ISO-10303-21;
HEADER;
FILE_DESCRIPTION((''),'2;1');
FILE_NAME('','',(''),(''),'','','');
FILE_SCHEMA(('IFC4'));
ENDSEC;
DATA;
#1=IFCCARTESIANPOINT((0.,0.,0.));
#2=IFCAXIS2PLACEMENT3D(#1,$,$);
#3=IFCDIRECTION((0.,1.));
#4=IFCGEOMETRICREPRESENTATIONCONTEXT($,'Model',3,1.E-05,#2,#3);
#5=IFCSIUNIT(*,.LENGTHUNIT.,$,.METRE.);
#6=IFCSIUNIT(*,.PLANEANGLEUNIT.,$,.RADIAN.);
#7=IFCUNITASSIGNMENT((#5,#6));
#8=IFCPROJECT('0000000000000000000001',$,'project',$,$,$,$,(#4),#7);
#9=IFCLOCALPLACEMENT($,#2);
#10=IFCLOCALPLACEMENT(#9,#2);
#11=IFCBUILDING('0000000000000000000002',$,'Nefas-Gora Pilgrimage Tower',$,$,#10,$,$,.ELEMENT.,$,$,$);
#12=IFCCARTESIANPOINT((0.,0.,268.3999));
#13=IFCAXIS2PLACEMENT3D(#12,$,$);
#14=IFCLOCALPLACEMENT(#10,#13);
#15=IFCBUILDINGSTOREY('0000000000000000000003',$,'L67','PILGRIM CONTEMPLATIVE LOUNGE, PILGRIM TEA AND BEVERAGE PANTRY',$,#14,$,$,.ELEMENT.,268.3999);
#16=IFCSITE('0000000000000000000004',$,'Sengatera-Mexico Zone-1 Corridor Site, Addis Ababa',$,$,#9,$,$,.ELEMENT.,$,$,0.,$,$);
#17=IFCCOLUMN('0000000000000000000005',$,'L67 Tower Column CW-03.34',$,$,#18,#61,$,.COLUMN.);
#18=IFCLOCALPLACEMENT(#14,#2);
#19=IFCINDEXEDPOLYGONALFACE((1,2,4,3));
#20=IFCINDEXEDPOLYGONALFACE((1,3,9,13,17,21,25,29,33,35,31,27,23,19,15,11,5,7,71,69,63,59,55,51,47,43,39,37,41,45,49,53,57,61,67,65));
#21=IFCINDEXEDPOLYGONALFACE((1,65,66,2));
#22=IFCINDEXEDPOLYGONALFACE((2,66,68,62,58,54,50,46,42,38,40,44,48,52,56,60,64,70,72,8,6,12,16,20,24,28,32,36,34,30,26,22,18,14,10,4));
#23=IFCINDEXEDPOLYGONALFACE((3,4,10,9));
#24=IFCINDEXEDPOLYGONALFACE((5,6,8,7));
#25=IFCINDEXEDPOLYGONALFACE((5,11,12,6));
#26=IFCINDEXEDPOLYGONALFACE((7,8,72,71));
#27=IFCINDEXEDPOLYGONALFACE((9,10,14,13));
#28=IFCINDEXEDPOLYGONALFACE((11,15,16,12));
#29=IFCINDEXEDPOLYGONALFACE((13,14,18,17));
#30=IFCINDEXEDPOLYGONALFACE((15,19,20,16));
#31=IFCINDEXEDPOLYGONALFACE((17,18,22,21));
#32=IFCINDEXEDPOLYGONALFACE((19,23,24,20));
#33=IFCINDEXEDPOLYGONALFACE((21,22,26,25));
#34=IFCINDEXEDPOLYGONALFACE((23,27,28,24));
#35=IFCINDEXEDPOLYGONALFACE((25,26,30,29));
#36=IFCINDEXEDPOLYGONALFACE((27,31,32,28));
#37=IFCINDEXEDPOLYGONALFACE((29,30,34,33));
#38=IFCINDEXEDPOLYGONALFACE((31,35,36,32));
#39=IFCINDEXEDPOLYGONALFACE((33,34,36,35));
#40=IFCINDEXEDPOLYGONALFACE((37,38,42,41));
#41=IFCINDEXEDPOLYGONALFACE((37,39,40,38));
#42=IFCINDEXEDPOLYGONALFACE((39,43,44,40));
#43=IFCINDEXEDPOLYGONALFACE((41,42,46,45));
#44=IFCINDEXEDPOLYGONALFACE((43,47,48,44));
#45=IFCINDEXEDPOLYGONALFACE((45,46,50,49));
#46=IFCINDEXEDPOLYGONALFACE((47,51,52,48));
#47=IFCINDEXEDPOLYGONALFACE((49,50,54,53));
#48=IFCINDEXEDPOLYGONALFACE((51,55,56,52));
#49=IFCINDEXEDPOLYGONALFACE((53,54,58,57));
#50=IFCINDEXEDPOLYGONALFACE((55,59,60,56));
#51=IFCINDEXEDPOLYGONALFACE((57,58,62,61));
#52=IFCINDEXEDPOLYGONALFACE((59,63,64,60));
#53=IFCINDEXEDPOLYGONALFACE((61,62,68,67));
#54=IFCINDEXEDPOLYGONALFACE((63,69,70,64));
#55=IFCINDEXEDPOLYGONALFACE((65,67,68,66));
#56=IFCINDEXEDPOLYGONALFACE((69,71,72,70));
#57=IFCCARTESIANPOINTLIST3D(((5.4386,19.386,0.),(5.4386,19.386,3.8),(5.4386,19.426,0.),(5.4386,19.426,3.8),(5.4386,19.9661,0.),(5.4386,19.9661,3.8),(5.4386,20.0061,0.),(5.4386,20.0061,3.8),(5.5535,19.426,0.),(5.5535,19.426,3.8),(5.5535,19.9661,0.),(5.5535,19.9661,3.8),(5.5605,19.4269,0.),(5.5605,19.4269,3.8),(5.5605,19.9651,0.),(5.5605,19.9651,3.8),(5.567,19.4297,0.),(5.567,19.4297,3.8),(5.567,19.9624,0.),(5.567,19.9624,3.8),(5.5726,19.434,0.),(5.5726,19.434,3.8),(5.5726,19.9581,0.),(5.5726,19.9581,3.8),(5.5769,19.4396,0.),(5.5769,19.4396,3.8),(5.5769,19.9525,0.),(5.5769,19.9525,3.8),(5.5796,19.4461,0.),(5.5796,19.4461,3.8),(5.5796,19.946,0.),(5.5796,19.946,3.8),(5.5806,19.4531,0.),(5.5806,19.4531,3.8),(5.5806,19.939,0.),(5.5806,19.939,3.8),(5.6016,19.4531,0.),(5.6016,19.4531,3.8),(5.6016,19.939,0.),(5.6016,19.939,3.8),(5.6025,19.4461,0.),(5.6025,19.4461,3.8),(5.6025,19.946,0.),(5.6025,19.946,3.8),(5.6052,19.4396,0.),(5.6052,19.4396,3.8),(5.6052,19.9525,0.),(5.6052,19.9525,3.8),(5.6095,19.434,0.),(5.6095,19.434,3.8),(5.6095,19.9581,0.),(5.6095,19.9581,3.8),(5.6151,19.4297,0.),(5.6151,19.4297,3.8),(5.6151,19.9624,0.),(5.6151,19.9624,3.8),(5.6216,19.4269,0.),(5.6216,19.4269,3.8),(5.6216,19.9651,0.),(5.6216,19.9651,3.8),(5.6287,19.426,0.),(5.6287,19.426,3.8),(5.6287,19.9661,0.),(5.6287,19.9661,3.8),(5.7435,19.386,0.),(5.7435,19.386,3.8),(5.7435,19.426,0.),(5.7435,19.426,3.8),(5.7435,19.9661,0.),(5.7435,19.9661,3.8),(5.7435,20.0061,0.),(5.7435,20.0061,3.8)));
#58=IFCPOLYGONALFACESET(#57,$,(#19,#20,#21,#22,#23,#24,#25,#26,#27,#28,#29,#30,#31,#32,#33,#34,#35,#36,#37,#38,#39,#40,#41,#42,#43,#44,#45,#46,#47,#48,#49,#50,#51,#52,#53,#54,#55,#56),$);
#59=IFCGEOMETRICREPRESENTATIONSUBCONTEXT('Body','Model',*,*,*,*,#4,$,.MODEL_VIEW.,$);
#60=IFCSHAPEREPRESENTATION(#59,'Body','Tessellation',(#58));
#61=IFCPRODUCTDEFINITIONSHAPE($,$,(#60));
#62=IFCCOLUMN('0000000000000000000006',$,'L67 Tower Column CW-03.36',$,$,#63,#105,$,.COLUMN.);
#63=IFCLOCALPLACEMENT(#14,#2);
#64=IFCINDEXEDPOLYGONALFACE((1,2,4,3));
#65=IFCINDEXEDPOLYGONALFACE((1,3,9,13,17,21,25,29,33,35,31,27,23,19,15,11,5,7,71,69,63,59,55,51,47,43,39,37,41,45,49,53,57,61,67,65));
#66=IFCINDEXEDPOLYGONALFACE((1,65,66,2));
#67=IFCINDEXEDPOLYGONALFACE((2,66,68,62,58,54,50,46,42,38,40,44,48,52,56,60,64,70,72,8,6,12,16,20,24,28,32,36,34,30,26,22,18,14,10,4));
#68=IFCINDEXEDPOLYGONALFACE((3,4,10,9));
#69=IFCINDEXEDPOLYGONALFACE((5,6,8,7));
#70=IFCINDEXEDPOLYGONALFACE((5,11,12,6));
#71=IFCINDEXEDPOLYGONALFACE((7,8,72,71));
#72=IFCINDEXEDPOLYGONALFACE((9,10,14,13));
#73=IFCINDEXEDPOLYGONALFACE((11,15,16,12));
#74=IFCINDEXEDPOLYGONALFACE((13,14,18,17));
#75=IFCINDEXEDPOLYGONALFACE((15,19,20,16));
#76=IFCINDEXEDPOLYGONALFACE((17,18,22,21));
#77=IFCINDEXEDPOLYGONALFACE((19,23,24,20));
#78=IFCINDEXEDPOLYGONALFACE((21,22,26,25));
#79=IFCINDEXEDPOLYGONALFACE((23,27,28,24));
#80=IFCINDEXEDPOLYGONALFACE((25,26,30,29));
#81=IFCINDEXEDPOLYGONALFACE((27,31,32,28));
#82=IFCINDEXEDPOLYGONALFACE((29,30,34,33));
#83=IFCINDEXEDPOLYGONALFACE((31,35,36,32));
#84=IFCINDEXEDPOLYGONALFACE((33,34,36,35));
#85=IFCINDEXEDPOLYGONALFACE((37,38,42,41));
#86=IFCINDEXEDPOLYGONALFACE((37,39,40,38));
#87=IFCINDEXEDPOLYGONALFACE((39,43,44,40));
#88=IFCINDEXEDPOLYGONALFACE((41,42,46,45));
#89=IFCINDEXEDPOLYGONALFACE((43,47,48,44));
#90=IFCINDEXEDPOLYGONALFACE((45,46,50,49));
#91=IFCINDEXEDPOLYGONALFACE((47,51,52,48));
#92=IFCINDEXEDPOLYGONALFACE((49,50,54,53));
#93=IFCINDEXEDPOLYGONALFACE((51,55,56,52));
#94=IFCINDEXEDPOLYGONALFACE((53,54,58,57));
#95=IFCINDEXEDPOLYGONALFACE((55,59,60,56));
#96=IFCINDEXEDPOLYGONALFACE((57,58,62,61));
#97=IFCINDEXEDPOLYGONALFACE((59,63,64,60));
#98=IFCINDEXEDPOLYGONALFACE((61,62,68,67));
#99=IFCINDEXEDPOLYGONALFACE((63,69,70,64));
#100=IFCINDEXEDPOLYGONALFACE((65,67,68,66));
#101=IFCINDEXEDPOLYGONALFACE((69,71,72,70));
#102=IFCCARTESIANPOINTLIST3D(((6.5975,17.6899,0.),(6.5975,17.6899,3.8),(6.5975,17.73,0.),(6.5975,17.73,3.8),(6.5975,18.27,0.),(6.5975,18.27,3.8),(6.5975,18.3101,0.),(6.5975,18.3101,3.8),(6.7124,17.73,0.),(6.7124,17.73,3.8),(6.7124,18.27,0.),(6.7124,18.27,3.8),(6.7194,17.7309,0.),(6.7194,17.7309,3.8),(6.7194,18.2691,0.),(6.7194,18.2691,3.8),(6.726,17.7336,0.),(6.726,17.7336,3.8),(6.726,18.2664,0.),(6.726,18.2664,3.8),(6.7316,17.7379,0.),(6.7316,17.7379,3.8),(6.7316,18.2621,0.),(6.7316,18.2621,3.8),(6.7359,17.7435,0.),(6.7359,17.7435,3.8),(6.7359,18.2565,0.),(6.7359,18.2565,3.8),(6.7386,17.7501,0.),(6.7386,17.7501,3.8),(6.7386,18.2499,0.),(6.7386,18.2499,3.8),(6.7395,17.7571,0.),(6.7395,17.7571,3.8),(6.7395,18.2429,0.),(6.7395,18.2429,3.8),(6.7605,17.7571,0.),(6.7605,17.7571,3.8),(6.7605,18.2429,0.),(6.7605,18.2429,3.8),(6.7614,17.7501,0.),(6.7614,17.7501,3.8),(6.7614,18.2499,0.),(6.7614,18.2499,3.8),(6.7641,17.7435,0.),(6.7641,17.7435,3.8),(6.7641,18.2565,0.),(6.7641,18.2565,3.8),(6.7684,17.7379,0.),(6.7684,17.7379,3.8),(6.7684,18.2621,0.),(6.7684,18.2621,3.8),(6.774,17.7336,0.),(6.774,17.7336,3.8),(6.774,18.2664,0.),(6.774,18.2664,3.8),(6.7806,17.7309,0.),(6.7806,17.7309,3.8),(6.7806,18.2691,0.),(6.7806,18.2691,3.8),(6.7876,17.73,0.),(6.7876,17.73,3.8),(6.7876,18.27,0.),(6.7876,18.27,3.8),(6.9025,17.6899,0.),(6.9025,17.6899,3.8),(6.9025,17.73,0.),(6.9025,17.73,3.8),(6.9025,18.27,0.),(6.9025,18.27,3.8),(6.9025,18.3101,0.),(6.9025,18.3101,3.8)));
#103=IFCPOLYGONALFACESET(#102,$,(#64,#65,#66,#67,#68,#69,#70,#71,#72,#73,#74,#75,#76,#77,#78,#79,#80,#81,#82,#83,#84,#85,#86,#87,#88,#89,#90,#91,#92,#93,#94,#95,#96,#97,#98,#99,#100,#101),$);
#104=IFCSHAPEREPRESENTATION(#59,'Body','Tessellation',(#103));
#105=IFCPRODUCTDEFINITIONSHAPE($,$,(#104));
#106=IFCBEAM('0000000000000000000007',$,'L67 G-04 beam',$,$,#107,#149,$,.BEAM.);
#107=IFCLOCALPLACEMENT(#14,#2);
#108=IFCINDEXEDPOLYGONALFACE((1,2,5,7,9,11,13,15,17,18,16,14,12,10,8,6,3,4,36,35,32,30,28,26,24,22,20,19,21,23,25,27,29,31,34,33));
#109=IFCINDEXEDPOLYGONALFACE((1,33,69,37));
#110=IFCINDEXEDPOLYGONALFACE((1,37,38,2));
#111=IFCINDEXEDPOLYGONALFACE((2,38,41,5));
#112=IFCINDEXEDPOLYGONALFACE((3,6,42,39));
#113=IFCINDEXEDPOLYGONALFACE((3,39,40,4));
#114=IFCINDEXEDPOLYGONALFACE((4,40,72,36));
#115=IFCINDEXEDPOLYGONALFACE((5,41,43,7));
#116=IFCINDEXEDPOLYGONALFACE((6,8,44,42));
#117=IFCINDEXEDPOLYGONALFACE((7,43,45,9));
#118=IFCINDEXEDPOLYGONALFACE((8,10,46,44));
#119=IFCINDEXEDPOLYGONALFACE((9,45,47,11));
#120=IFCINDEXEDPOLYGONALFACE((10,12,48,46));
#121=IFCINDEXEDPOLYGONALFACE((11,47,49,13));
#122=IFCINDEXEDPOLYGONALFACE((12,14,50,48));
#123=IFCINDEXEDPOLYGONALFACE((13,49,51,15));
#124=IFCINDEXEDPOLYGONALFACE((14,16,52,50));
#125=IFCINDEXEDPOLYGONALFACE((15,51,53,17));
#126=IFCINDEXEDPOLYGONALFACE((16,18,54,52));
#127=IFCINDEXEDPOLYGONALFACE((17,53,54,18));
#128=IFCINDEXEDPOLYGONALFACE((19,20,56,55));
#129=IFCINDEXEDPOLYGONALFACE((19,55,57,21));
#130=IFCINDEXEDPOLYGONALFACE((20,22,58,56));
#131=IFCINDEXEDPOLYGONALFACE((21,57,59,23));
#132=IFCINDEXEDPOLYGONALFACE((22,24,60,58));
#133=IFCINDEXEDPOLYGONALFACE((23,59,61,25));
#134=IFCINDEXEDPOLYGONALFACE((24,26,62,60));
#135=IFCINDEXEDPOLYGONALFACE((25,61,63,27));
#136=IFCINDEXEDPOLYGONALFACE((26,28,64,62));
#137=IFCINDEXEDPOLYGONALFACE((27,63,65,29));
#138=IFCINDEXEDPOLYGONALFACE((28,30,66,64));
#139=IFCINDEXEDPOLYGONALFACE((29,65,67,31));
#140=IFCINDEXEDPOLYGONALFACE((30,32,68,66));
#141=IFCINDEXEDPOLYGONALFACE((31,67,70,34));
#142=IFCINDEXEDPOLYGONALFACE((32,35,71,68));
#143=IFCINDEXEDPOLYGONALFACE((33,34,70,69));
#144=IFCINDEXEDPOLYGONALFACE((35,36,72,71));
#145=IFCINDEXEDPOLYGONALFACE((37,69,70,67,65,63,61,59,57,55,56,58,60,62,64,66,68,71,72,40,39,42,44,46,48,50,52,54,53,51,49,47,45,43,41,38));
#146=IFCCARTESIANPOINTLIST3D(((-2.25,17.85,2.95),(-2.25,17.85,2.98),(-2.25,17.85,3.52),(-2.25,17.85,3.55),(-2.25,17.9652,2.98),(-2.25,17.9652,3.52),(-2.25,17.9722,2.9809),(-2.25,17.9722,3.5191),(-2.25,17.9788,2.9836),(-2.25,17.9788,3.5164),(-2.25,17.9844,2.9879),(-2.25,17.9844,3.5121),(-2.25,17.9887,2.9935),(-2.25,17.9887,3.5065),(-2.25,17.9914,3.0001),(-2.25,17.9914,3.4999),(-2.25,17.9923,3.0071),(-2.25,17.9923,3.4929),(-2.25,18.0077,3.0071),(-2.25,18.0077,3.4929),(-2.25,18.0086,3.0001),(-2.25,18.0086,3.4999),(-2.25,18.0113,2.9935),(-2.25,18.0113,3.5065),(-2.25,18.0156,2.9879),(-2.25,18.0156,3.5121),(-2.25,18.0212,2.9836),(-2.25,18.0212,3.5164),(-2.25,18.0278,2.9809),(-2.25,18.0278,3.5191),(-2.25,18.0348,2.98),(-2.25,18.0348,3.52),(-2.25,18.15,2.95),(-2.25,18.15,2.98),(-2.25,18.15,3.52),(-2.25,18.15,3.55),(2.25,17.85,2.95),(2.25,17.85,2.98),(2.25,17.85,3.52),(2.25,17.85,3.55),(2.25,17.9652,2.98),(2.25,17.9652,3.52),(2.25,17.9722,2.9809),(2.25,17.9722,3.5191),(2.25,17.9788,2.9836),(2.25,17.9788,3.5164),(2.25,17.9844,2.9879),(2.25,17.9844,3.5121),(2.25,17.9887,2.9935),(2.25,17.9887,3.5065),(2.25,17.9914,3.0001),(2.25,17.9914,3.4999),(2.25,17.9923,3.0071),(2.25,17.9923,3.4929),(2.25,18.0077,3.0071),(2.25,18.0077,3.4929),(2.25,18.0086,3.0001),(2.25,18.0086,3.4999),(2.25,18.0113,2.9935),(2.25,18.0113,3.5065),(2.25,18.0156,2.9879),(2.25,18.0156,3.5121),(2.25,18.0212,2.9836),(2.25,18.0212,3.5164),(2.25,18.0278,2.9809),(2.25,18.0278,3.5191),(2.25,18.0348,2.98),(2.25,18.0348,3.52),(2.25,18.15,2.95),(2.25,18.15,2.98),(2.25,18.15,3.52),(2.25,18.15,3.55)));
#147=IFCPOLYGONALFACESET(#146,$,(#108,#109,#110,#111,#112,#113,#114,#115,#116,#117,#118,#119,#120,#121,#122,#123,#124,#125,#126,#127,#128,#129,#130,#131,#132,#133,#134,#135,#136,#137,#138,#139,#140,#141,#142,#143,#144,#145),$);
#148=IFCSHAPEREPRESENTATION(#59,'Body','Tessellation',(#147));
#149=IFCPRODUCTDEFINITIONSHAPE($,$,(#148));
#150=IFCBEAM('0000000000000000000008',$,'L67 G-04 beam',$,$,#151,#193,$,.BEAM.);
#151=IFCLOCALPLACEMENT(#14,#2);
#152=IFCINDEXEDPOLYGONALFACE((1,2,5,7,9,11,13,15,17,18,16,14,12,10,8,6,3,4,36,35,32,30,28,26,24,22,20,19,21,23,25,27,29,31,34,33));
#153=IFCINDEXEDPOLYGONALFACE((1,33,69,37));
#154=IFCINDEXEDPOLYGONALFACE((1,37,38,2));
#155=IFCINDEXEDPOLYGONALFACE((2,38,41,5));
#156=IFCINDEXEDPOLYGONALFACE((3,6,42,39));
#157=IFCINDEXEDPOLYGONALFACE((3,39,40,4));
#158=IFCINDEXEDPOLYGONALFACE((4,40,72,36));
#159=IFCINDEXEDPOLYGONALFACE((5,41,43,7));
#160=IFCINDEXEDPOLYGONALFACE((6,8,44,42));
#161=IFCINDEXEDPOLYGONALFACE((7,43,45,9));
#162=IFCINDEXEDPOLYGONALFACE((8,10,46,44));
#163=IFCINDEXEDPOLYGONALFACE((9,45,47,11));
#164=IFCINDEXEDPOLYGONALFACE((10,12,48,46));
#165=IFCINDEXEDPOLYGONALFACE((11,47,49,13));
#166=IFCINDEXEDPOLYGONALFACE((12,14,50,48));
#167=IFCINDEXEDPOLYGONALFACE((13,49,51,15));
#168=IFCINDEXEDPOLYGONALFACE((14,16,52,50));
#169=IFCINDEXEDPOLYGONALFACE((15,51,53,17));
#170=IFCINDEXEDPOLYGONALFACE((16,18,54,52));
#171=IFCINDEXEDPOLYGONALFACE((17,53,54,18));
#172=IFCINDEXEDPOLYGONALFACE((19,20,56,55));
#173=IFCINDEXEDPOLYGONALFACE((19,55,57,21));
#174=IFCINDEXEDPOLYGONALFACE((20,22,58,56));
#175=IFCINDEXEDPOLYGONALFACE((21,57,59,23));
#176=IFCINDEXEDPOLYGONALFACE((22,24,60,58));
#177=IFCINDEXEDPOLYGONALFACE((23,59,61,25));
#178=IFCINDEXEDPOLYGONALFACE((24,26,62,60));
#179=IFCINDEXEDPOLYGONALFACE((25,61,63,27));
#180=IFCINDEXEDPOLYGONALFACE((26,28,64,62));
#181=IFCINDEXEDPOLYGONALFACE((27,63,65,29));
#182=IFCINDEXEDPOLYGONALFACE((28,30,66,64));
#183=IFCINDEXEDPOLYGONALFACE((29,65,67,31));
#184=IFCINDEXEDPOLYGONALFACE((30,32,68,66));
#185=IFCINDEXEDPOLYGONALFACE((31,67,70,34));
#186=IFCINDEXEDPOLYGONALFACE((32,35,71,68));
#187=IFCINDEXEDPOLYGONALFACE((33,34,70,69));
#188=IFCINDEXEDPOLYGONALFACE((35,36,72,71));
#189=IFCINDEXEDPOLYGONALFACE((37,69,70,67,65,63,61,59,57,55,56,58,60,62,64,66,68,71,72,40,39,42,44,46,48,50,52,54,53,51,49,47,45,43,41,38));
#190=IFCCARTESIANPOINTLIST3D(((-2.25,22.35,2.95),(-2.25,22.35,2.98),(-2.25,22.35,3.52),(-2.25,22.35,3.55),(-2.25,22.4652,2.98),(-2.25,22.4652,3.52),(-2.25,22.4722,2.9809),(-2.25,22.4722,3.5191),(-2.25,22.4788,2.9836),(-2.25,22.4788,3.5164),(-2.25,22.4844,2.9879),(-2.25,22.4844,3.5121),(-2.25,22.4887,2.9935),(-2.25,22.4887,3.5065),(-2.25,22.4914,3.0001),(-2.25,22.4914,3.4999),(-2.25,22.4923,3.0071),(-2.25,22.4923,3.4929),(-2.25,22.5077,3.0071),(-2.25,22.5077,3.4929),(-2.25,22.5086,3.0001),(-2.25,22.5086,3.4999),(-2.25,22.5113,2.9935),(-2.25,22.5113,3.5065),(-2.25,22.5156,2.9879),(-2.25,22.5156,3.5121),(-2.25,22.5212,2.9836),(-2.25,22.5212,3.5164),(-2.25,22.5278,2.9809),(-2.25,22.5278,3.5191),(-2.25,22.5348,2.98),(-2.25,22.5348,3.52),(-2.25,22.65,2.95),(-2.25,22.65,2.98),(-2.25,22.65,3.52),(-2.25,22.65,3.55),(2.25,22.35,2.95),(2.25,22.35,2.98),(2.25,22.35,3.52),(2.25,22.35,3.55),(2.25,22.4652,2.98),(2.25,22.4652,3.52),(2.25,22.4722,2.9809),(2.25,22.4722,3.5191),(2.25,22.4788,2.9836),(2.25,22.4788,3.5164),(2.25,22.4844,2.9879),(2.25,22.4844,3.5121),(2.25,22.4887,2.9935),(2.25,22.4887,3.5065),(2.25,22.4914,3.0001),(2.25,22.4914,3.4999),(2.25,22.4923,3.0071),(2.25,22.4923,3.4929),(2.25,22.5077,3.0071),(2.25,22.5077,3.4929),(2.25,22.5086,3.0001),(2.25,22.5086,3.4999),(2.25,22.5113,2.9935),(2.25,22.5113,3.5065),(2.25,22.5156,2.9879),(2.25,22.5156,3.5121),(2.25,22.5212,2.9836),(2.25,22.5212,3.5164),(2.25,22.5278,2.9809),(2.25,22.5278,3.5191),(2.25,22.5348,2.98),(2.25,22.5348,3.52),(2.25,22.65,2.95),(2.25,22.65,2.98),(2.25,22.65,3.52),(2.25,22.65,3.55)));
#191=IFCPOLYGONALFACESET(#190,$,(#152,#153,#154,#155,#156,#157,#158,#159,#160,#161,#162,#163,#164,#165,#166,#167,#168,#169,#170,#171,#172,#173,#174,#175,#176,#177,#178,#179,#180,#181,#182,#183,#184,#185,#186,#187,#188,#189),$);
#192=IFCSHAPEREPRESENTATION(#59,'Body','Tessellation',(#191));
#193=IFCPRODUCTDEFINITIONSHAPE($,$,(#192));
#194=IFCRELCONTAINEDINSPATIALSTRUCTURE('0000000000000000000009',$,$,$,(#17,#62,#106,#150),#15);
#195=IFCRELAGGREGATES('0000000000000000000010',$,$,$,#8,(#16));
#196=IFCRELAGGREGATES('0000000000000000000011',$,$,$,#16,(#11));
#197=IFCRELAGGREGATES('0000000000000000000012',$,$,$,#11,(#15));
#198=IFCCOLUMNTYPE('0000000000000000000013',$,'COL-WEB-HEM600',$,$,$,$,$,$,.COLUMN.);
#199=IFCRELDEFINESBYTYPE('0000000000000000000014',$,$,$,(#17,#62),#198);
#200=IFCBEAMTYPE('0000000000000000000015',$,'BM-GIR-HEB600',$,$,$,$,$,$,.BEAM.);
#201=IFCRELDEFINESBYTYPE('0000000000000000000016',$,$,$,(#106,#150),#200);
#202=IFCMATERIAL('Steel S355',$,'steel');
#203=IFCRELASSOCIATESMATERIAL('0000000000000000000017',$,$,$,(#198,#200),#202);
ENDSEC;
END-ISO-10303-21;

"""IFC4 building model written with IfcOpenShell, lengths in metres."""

from ifc_helpers import new_model, si_unit, direction, frame, origin, origin_2d, place, context, subcontext, project, spatial, i_section, extrude, source, transform, mapped, material, material_profile, profile_set, type_object, element, save


model = new_model("IFC4")

# Units and contexts
model_context = context("Model", 3, precision=1e-05, world=origin(), true_north=direction((0.0, 1.0)))
body_context = subcontext(model_context, "Body", "Model", "MODEL_VIEW")
ifc_project = project(units=[si_unit("LENGTHUNIT", "METRE"), si_unit("PLANEANGLEUNIT", "RADIAN")], contexts=[model_context])

# Site, building, storey
site_placement = place(None, origin())
site = spatial("IfcSite", under=ifc_project, at=site_placement, Name="Sengatera-Mexico Zone-1 Corridor Site, Addis Ababa", CompositionType="ELEMENT", RefElevation=0.0)
building_placement = place(site_placement, origin())
building = spatial("IfcBuilding", under=site, at=building_placement, Name="Nefas-Gora Pilgrimage Tower", CompositionType="ELEMENT")
storey_placement = place(building_placement, frame((0.0, 0.0, 268.3999)))
storey = spatial("IfcBuildingStorey", under=building, at=storey_placement, Name="L67", Description="PILGRIM CONTEMPLATIVE LOUNGE, PILGRIM TEA AND BEVERAGE PANTRY", CompositionType="ELEMENT", Elevation=268.3999)

# Columns
ifc_material_1 = material(Name="Steel S355", Category="steel")
ifc_material_profile_1 = material_profile(ifc_material_1, i_section(OverallWidth=0.3049, OverallDepth=0.6201, WebThickness=0.021, FlangeThickness=0.04, FilletRadius=0.0271, at=origin_2d()), Name="HEM 600")
ifc_profile_set_1 = profile_set([ifc_material_profile_1], Name="Steel S355")
column_type_1 = type_object("IfcColumnType", Name="COL-WEB-HEM600", PredefinedType="COLUMN", material=ifc_profile_set_1)
shared_shape_1 = source(origin(), body_context, "Body", "SweptSolid", [
    extrude(i_section(OverallWidth=0.3049, OverallDepth=0.6201, WebThickness=0.021, FlangeThickness=0.04, FilletRadius=0.0271, at=origin_2d()), origin(), (0.0, 0.0, 1.0), 3.8),
])
for number, where, z_axis, x_axis, name in (
    (1, (5.5911, 19.696, 0.0), (0.0, 0.0, 1.0), (1.0, 0.0, 0.0), "L67 Tower Column CW-03.34"),
    (2, (6.75, 18.0, 0.0), (0.0, 0.0, 1.0), (1.0, 0.0, 0.0), "L67 Tower Column CW-03.36"),
):
    element("IfcColumn", number, at=place(storey_placement, frame(where, z_axis=z_axis, x_axis=x_axis)), inside=storey, type_object=column_type_1, Name=name, PredefinedType="COLUMN", context=body_context, shape_type="MappedRepresentation", body=[
        mapped(shared_shape_1, transform((0.0, 0.0, 0.0), x_axis=(1.0, 0.0, 0.0), y_axis=(0.0, 1.0, 0.0), z_axis=(0.0, 0.0, 1.0), scale=1.0)),
    ])

# Beams
ifc_material_profile_2 = material_profile(ifc_material_1, i_section(OverallWidth=0.3, OverallDepth=0.6001, WebThickness=0.0154, FlangeThickness=0.03, FilletRadius=0.0271, at=origin_2d()), Name="HEB 600")
ifc_profile_set_2 = profile_set([ifc_material_profile_2], Name="Steel S355")
beam_type = type_object("IfcBeamType", Name="BM-GIR-HEB600", PredefinedType="BEAM", material=ifc_profile_set_2)
shared_shape_2 = source(origin(), body_context, "Body", "SweptSolid", [
    extrude(i_section(OverallWidth=0.3, OverallDepth=0.6001, WebThickness=0.0154, FlangeThickness=0.03, FilletRadius=0.0271, at=origin_2d()), origin(), (0.0, 0.0, 1.0), 4.5),
])
for number, where, z_axis, x_axis, name in (
    (3, (-2.25, 18.0, 3.25), (1.0, 0.0, 0.0), (0.0, 1.0, 0.0), "L67 G-04 beam"),
    (4, (-2.25, 22.5, 3.25), (1.0, 0.0, 0.0), (0.0, 1.0, 0.0), "L67 G-04 beam"),
):
    element("IfcBeam", number, at=place(storey_placement, frame(where, z_axis=z_axis, x_axis=x_axis)), inside=storey, type_object=beam_type, Name=name, PredefinedType="BEAM", context=body_context, shape_type="MappedRepresentation", body=[
        mapped(shared_shape_2, transform((0.0, 0.0, 0.0), x_axis=(1.0, 0.0, 0.0), y_axis=(0.0, 1.0, 0.0), z_axis=(0.0, 0.0, 1.0), scale=1.0)),
    ])

save(model, "model.ifc")
